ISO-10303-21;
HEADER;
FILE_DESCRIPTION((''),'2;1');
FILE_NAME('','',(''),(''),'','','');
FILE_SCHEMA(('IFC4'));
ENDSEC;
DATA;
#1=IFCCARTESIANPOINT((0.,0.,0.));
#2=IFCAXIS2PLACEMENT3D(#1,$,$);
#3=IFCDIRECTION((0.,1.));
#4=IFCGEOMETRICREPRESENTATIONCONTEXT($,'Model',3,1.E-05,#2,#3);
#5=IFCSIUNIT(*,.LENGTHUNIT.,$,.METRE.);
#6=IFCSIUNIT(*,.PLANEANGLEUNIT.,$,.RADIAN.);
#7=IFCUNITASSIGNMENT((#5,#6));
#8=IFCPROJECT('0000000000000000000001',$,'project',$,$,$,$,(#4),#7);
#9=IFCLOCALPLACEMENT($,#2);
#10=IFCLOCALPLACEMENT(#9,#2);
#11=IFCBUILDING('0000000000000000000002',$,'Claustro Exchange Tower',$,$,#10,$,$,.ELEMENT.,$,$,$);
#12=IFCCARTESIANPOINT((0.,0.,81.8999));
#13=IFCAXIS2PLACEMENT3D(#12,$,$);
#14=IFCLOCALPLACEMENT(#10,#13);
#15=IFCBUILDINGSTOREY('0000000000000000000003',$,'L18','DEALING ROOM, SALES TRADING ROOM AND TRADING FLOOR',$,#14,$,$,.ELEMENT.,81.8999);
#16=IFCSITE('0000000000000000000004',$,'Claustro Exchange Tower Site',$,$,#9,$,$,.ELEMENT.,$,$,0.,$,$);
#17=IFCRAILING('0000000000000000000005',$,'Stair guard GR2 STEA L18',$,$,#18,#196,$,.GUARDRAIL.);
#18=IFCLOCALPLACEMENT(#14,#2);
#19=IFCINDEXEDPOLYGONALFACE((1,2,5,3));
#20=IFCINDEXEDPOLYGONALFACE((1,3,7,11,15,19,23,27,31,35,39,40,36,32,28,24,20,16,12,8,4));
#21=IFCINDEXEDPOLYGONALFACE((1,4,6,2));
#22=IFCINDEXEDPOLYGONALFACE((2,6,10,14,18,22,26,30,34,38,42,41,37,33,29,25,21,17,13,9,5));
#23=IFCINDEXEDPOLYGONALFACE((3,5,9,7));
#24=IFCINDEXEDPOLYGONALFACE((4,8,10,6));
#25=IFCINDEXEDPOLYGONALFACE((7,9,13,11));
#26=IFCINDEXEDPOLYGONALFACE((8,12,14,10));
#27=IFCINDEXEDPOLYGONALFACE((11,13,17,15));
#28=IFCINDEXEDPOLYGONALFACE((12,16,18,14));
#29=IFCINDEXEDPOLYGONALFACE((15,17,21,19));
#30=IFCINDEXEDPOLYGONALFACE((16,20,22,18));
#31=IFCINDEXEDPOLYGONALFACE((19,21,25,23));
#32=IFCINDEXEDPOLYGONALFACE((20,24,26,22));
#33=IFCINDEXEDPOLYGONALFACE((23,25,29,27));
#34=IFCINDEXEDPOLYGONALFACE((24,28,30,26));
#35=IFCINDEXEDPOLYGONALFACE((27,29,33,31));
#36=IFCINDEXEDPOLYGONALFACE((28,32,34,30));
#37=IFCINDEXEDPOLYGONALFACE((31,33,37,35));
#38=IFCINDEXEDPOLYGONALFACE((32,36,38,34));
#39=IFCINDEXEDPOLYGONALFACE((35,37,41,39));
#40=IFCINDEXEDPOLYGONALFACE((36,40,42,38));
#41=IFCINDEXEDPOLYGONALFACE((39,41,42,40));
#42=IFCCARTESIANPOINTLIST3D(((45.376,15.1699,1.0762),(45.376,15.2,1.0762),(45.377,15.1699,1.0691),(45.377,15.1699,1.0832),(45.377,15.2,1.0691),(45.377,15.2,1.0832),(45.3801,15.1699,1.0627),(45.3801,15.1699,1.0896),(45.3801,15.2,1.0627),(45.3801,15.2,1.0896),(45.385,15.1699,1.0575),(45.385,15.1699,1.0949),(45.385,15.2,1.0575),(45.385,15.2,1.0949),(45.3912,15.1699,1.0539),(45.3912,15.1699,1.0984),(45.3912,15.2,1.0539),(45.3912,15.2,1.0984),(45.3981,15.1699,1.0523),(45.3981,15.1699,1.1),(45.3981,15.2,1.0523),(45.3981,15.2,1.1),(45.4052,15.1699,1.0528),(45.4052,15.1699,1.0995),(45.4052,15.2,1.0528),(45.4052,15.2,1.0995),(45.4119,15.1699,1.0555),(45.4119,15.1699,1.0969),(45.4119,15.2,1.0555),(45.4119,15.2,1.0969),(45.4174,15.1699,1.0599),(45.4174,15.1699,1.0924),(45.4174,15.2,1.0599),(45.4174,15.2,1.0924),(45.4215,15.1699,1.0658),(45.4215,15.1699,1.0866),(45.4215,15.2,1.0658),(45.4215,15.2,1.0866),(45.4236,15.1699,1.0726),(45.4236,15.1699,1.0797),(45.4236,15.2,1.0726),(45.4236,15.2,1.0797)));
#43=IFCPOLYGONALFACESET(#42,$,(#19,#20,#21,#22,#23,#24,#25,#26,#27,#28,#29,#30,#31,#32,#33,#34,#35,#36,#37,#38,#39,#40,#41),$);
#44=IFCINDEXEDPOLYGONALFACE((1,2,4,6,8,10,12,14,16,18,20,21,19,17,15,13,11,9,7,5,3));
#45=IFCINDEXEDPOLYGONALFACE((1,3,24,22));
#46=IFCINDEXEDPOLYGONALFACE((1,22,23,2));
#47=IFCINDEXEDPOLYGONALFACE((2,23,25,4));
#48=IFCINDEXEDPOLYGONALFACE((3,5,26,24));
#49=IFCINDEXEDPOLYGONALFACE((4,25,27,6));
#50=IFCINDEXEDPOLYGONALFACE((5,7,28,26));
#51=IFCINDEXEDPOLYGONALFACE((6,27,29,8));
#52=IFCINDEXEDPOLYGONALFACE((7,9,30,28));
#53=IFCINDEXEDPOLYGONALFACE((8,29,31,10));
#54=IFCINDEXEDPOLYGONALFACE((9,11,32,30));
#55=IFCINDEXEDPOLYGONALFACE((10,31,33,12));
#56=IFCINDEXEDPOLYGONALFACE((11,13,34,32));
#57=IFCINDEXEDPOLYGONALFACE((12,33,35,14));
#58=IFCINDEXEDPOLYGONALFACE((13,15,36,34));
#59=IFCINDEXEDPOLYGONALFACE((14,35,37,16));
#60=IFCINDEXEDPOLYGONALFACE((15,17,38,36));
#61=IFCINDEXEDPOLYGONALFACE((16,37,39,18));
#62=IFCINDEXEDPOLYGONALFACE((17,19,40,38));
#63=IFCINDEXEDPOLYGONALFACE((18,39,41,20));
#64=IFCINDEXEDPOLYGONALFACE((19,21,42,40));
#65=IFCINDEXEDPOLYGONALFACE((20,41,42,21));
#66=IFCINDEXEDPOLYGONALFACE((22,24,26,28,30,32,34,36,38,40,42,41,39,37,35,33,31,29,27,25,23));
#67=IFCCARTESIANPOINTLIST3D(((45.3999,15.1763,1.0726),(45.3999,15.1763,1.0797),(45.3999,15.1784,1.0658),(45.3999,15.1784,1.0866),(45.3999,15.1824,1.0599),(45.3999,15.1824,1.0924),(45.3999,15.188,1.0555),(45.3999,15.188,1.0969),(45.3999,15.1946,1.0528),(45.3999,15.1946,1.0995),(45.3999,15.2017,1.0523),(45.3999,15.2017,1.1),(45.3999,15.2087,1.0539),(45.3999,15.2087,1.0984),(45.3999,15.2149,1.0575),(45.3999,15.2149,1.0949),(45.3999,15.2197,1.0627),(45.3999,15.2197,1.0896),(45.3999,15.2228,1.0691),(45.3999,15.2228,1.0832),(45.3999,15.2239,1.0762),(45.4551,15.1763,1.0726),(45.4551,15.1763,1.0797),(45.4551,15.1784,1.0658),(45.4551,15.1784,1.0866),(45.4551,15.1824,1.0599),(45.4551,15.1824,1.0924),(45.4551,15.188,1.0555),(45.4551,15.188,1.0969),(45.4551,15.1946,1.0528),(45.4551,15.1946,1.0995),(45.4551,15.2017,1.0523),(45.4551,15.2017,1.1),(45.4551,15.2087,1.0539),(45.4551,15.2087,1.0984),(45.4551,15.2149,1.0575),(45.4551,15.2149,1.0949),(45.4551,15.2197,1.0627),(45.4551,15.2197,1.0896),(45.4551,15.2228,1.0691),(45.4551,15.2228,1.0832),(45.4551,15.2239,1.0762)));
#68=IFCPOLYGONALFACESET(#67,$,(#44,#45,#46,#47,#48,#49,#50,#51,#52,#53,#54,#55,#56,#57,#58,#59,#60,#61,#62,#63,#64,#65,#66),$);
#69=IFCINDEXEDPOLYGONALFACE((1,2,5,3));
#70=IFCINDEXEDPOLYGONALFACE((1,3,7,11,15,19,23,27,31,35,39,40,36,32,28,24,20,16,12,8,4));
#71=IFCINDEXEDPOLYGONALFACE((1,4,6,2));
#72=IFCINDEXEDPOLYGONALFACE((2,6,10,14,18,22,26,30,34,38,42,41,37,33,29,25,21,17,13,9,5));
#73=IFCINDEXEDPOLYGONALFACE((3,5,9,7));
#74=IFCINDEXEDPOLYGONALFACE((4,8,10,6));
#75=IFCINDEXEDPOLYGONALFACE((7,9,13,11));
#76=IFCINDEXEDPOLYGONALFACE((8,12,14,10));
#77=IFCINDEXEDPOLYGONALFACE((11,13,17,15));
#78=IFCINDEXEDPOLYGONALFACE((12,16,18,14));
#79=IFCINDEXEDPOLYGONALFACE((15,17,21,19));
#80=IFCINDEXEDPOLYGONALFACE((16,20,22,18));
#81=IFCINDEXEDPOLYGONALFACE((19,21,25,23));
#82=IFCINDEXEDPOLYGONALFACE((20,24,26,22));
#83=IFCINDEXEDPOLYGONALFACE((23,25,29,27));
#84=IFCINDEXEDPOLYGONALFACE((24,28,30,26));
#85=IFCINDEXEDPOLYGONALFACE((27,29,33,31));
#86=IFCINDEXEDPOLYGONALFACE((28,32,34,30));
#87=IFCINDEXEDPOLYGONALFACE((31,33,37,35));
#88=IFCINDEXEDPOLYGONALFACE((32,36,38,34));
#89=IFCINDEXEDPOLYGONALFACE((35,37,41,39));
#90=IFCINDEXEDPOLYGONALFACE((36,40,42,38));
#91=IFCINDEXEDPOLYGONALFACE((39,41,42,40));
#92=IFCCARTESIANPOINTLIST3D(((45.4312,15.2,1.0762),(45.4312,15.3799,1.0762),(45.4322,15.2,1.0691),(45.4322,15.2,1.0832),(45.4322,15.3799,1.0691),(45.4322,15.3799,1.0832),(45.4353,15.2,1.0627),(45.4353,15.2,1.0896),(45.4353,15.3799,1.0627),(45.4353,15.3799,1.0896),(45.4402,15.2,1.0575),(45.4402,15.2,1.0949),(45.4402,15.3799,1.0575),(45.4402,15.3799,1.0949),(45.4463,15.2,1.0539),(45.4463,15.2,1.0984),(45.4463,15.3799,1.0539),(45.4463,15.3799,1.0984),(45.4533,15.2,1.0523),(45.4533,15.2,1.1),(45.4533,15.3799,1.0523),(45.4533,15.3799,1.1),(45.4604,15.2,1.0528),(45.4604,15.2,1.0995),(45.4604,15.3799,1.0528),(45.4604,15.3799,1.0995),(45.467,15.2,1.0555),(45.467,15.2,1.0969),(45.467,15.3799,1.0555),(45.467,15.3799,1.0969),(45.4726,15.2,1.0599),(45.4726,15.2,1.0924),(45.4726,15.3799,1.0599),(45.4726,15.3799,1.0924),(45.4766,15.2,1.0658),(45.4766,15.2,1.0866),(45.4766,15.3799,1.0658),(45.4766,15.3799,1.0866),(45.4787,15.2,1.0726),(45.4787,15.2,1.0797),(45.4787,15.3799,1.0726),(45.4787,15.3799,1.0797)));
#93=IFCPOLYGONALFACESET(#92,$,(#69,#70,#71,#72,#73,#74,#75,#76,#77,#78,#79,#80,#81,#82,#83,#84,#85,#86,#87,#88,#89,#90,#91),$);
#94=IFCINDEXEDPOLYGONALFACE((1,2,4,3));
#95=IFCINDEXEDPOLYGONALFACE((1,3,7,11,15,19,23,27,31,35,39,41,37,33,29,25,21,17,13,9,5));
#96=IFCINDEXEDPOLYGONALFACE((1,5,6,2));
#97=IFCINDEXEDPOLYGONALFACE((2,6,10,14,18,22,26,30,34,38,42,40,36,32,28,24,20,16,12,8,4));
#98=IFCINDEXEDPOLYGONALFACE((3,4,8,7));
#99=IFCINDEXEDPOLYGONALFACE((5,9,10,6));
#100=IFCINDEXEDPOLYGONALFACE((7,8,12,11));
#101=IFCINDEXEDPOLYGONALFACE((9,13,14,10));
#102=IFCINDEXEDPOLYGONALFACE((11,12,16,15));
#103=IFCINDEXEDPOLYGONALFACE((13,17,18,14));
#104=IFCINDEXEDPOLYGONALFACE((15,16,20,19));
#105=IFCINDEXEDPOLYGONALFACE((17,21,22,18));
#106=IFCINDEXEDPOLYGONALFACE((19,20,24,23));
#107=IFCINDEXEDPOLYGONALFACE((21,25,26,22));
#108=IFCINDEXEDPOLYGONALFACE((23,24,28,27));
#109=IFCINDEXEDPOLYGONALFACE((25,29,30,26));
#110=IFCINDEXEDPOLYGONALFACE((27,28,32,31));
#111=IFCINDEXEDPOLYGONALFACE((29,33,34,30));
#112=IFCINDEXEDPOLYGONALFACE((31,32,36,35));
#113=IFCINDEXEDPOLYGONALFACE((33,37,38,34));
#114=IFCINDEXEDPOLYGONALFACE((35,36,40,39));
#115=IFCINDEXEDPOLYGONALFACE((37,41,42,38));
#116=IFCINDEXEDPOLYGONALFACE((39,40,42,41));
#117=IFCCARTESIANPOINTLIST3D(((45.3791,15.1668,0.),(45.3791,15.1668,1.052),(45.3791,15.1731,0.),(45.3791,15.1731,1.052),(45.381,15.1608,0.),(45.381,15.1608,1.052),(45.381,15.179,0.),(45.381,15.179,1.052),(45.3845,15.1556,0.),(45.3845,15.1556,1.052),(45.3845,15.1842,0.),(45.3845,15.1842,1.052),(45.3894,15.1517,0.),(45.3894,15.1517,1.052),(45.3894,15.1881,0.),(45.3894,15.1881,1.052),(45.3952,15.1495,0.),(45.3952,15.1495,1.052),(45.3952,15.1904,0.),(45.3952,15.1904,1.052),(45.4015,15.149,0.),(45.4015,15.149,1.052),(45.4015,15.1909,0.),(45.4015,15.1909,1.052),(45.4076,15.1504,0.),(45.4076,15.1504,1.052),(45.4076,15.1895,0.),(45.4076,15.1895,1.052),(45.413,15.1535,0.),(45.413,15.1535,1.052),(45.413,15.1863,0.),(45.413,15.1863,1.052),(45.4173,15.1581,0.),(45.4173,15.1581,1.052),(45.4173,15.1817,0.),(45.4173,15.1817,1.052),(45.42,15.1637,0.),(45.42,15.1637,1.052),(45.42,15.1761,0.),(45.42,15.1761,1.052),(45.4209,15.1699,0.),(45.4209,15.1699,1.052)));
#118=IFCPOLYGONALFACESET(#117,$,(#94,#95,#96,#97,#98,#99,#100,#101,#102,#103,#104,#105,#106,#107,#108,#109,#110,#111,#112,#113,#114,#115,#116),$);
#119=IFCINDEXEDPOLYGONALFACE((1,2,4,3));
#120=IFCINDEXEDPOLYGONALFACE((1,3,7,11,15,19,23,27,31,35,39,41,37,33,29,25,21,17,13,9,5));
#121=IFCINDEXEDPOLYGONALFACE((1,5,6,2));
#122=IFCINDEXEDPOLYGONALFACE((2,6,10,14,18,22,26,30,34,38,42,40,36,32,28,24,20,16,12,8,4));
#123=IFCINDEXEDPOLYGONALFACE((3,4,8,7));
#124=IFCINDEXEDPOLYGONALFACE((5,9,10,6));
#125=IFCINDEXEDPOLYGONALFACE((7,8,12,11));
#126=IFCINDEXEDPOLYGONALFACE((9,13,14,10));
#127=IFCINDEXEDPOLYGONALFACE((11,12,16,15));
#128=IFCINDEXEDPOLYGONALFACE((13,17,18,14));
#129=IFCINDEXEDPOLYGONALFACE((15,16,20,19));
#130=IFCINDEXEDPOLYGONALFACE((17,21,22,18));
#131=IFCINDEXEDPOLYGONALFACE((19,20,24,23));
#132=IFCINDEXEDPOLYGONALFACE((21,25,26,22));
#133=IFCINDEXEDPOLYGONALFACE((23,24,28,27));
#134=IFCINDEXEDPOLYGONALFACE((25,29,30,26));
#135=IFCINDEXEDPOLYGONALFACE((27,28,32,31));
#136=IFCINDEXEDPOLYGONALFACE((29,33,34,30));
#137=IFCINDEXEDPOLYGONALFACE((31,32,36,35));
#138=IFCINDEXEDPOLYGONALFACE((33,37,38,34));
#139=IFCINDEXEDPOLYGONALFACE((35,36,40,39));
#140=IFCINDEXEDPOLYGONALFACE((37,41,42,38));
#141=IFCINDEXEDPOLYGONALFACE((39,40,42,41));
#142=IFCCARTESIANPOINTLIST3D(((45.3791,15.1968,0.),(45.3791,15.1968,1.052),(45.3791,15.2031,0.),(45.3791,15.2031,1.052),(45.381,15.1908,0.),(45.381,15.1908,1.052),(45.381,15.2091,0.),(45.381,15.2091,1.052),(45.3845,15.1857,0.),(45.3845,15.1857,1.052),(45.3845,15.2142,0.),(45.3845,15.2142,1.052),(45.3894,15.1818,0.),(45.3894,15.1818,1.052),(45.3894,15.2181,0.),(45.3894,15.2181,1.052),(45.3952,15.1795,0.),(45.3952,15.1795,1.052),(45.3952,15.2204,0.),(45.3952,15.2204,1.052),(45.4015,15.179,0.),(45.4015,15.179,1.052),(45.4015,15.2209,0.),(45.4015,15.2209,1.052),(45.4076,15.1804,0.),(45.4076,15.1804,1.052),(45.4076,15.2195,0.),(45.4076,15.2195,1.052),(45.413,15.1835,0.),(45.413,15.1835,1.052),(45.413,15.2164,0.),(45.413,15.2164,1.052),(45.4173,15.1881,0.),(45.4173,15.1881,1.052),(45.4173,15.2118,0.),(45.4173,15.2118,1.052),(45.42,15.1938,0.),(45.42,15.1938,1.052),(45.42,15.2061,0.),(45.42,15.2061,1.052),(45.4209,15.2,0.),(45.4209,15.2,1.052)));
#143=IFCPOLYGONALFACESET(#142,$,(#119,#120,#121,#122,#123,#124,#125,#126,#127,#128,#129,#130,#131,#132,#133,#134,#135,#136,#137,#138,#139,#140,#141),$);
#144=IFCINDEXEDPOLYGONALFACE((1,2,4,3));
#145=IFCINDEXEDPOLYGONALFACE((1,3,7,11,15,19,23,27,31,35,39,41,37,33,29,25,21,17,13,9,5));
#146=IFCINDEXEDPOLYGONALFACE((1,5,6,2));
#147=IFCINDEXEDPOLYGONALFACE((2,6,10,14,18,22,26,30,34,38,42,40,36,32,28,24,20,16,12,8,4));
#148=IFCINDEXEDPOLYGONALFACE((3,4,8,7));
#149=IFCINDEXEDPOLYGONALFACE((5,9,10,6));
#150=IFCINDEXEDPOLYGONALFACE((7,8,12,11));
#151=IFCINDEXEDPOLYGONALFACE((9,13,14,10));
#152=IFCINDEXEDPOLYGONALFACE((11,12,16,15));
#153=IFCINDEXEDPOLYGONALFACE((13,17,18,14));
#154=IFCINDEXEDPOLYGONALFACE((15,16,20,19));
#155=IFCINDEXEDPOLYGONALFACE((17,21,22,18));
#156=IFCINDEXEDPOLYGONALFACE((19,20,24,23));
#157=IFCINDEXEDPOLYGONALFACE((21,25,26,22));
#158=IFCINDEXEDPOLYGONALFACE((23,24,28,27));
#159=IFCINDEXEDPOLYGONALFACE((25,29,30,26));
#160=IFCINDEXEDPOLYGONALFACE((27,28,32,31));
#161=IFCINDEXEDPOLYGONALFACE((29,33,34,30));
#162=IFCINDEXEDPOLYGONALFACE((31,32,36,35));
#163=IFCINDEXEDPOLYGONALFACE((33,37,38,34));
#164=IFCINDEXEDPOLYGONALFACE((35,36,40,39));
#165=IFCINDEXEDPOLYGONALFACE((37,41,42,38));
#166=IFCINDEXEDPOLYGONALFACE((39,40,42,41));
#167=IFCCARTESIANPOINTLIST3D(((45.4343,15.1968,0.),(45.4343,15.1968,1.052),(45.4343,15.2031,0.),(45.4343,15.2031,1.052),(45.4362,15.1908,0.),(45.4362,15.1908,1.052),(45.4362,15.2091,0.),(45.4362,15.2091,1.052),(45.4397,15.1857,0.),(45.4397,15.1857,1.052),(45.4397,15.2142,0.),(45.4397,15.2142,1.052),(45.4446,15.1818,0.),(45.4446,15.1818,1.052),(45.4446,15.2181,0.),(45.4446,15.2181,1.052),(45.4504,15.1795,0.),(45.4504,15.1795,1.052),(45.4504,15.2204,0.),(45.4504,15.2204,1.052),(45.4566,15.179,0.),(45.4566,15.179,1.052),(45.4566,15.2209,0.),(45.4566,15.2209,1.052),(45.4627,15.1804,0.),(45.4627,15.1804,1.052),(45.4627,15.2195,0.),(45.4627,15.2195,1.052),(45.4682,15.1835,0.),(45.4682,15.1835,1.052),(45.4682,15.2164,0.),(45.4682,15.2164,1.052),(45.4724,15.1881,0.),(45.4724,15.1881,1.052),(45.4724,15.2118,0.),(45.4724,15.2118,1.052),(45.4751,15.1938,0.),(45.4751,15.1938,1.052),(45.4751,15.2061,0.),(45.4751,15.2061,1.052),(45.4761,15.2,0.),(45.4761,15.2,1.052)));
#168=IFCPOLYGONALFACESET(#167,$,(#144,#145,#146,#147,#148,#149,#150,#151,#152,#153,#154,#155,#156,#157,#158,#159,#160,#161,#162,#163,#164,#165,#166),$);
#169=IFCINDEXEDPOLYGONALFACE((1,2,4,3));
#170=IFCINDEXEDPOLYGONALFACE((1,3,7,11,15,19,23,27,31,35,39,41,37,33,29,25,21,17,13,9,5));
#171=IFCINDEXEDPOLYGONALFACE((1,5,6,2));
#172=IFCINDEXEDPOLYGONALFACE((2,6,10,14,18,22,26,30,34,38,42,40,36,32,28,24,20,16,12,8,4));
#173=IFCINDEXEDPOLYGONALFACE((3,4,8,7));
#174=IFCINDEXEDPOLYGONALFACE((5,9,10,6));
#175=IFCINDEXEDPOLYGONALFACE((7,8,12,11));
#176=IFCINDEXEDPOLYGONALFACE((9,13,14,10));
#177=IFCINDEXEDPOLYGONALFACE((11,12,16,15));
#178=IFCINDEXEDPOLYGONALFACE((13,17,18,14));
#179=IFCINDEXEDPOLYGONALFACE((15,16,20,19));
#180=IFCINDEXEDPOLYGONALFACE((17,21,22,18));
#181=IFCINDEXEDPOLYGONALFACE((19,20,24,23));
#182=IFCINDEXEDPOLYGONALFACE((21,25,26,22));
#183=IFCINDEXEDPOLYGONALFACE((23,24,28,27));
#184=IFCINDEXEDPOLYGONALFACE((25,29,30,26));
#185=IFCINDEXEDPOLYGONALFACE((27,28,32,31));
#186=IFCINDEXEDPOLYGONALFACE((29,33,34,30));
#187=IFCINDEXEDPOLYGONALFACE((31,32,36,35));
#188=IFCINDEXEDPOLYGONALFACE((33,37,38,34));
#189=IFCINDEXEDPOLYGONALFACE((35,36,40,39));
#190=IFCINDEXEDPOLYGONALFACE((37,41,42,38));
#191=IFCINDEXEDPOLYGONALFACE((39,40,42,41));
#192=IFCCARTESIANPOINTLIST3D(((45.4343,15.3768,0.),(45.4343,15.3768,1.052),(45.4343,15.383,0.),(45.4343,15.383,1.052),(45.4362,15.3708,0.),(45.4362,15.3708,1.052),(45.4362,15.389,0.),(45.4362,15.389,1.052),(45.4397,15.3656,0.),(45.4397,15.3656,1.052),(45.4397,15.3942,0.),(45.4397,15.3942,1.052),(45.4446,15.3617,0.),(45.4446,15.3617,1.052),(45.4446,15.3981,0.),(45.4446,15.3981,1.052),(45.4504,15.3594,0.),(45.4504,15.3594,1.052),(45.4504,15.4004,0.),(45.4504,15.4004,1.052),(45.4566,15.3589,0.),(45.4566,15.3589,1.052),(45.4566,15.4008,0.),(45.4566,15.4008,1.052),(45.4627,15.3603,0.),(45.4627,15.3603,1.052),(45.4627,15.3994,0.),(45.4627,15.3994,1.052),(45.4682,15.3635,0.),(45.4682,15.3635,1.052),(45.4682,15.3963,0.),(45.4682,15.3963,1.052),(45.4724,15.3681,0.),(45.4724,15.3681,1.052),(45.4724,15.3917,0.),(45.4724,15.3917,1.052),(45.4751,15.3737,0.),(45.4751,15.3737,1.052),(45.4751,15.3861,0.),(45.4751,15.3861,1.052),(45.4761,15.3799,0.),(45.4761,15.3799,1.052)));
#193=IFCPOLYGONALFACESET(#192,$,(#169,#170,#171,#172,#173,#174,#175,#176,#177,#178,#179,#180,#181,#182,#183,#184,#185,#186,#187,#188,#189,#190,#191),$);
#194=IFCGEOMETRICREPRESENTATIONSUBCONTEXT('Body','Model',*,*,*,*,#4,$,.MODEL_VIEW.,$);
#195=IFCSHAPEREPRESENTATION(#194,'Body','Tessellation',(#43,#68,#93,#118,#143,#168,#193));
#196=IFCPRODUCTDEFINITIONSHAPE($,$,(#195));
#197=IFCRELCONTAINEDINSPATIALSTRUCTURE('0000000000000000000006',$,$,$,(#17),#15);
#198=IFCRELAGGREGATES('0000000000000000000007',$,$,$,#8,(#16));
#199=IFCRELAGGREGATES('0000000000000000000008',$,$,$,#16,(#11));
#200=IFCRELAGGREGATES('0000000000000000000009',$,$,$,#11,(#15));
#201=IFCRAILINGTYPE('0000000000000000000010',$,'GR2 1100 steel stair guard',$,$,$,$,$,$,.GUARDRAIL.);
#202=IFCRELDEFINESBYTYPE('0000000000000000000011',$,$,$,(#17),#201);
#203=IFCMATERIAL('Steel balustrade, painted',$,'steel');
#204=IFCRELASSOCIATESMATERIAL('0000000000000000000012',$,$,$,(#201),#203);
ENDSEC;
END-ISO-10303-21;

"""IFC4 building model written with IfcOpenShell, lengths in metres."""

from ifc_helpers import new_model, si_unit, direction, frame, origin, origin_2d, place, context, subcontext, project, spatial, circle, extrude, material, type_object, element, save


model = new_model("IFC4")

# Units and contexts
model_context = context("Model", 3, precision=1e-05, world=origin(), true_north=direction((0.0, 1.0)))
body_context = subcontext(model_context, "Body", "Model", "MODEL_VIEW")
ifc_project = project(units=[si_unit("LENGTHUNIT", "METRE"), si_unit("PLANEANGLEUNIT", "RADIAN")], contexts=[model_context])

# Site, building, storey
site_placement = place(None, origin())
site = spatial("IfcSite", under=ifc_project, at=site_placement, Name="Claustro Exchange Tower Site", CompositionType="ELEMENT", RefElevation=0.0)
building_placement = place(site_placement, origin())
building = spatial("IfcBuilding", under=site, at=building_placement, Name="Claustro Exchange Tower", CompositionType="ELEMENT")
storey_placement = place(building_placement, frame((0.0, 0.0, 81.8999)))
storey = spatial("IfcBuildingStorey", under=building, at=storey_placement, Name="L18", Description="DEALING ROOM, SALES TRADING ROOM AND TRADING FLOOR", CompositionType="ELEMENT", Elevation=81.8999)

# Railing
ifc_material_1 = material(Name="Steel balustrade, painted", Category="steel")
railing_type_1 = type_object("IfcRailingType", Name="GR2 1100 steel stair guard", PredefinedType="GUARDRAIL", material=ifc_material_1)
railing_1_placement = place(storey_placement, frame((45.3999, 15.1699, 0.0)))
element("IfcRailing", 1, at=railing_1_placement, inside=storey, type_object=railing_type_1, Name="Stair guard GR2 STEA L18", PredefinedType="GUARDRAIL", context=body_context, shape_type="SweptSolid", body=[
    extrude(circle(Radius=0.0239, at=origin_2d()), frame((0.0, 0.0, 1.0762), z_axis=(0.0, 1.0, 0.0), x_axis=(-1.0, 0.0, 0.0)), (0.0, 0.0, 1.0), 0.03),
    extrude(circle(Radius=0.0239, at=origin_2d()), frame((0.0, 0.03, 1.0762), z_axis=(1.0, 0.0, 0.0), x_axis=(0.0, 1.0, 0.0)), (0.0, 0.0, 1.0), 0.0552),
    extrude(circle(Radius=0.0239, at=origin_2d()), frame((0.0552, 0.03, 1.0762), z_axis=(0.0, 1.0, 0.0), x_axis=(-1.0, 0.0, 0.0)), (0.0, 0.0, 1.0), 0.1799),
    extrude(circle(Radius=0.021, at=origin_2d()), origin(), (0.0, 0.0, 1.0), 1.052),
    extrude(circle(Radius=0.021, at=origin_2d()), frame((0.0, 0.03, 0.0)), (0.0, 0.0, 1.0), 1.052),
    extrude(circle(Radius=0.021, at=origin_2d()), frame((0.0552, 0.03, 0.0)), (0.0, 0.0, 1.0), 1.052),
    extrude(circle(Radius=0.021, at=origin_2d()), frame((0.0552, 0.21, 0.0)), (0.0, 0.0, 1.0), 1.052),
])

save(model, "model.ifc")
